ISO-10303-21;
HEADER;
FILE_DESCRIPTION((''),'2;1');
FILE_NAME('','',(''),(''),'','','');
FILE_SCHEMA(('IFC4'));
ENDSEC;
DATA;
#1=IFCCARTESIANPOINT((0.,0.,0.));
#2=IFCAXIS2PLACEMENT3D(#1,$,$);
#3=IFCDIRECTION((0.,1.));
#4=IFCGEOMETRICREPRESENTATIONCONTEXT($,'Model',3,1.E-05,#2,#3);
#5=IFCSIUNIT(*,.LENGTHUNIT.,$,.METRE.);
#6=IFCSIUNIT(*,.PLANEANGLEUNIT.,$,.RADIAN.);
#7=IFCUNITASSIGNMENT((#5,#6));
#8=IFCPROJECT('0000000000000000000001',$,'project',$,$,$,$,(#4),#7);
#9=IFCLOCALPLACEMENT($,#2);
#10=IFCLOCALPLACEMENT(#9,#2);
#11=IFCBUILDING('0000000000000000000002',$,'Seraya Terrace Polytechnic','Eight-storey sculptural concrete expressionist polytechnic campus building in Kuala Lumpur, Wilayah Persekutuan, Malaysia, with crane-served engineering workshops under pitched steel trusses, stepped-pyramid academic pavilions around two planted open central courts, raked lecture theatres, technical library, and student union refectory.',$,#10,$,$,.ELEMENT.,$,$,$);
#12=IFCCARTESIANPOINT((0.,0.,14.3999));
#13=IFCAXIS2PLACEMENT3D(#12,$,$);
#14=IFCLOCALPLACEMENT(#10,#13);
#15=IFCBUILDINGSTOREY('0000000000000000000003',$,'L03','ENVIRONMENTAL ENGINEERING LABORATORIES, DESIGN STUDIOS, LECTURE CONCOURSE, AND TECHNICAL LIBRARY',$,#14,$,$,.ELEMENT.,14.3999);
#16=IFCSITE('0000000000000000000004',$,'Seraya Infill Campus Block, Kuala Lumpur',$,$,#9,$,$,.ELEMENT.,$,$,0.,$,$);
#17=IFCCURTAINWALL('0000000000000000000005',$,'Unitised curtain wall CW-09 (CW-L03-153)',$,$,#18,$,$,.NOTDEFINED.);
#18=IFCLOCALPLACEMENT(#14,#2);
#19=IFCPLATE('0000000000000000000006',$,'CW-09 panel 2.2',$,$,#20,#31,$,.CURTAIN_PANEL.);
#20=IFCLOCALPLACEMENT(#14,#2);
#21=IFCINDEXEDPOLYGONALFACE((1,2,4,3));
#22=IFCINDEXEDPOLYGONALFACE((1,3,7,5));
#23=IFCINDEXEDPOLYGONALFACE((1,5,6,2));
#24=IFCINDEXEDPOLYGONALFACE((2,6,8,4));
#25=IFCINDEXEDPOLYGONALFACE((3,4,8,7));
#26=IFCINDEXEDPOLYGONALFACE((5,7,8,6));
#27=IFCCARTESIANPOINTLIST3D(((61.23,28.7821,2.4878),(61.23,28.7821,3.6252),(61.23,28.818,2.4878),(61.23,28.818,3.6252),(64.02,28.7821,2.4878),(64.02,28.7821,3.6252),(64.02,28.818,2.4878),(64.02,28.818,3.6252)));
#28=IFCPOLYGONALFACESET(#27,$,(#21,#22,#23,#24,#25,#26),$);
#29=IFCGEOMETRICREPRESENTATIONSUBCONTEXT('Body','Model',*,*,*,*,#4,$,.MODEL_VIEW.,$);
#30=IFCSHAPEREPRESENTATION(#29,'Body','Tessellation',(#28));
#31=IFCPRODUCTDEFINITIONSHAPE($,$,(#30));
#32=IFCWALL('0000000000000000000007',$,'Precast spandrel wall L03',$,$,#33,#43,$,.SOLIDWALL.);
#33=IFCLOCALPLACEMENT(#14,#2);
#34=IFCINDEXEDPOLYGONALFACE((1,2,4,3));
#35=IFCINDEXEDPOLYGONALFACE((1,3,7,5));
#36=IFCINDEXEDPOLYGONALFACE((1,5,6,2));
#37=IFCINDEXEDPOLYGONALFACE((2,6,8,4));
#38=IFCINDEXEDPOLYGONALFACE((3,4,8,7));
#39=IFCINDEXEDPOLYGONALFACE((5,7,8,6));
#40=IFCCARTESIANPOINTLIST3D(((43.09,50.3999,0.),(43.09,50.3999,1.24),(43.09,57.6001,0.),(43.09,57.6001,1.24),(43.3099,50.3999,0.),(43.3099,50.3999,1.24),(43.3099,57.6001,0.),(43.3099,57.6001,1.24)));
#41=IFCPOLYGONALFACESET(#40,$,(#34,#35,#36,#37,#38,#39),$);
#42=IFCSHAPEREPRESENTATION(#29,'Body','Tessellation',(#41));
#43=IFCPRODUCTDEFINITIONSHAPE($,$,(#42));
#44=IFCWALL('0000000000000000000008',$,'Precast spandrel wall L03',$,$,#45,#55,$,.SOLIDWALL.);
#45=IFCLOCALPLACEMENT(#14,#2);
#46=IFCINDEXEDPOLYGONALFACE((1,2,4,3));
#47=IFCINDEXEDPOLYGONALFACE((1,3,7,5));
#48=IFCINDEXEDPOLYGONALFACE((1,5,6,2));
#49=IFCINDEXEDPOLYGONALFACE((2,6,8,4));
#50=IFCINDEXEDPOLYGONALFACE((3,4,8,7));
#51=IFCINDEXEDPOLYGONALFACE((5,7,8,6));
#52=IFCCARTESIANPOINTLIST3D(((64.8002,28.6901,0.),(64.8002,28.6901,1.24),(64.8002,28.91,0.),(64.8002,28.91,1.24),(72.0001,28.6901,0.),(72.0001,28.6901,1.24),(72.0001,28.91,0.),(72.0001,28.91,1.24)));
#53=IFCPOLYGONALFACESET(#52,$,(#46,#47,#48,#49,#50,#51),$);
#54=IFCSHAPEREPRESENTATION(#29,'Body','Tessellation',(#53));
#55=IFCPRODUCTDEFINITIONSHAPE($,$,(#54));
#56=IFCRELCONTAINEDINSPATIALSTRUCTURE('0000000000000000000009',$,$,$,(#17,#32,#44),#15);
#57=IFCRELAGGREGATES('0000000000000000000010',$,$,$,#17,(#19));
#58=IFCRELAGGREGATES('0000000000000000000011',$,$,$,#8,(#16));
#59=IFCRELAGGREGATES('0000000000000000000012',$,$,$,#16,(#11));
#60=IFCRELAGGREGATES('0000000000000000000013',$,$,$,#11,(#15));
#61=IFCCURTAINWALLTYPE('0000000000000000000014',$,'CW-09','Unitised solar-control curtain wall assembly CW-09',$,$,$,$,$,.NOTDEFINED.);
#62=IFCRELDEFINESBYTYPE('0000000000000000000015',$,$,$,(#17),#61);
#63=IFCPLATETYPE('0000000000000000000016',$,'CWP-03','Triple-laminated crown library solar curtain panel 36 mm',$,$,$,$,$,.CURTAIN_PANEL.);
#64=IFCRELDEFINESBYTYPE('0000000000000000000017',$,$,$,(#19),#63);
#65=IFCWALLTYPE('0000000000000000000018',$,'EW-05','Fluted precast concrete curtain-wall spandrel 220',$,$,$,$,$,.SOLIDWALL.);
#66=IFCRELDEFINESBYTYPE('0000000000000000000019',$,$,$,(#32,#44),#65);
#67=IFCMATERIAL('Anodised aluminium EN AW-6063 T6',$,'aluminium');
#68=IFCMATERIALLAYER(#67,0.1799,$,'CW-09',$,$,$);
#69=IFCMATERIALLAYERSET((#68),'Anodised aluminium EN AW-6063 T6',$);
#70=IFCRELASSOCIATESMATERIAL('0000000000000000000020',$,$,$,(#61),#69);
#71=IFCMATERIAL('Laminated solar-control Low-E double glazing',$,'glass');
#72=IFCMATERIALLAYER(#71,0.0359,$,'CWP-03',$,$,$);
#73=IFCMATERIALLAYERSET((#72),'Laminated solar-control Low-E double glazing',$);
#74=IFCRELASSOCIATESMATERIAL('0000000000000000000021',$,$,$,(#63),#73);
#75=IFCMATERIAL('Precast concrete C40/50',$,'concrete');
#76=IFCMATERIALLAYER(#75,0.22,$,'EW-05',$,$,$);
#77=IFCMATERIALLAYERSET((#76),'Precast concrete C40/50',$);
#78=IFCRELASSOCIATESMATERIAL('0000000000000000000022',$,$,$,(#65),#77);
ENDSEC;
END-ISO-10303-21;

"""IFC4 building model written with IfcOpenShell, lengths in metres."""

from ifc_helpers import new_model, si_unit, direction, frame, frame_2d, origin, origin_2d, place, context, subcontext, project, spatial, rectangle, extrude, material, layer, layer_set, type_object, element, aggregate, save


model = new_model("IFC4")

# Units and contexts
model_context = context("Model", 3, precision=1e-05, world=origin(), true_north=direction((0.0, 1.0)))
body_context = subcontext(model_context, "Body", "Model", "MODEL_VIEW")
ifc_project = project(units=[si_unit("LENGTHUNIT", "METRE"), si_unit("PLANEANGLEUNIT", "RADIAN")], contexts=[model_context])

# Site, building, storey
site_placement = place(None, origin())
site = spatial("IfcSite", under=ifc_project, at=site_placement, Name="Seraya Infill Campus Block, Kuala Lumpur", CompositionType="ELEMENT", RefElevation=0.0)
building_placement = place(site_placement, origin())
building = spatial("IfcBuilding", under=site, at=building_placement, Name="Seraya Terrace Polytechnic", Description="Eight-storey sculptural concrete expressionist polytechnic campus building in Kuala Lumpur, Wilayah Persekutuan, Malaysia, with crane-served engineering workshops under pitched steel trusses, stepped-pyramid academic pavilions around two planted open central courts, raked lecture theatres, technical library, and student union refectory.", CompositionType="ELEMENT")
storey_placement = place(building_placement, frame((0.0, 0.0, 14.3999)))
storey = spatial("IfcBuildingStorey", under=building, at=storey_placement, Name="L03", Description="ENVIRONMENTAL ENGINEERING LABORATORIES, DESIGN STUDIOS, LECTURE CONCOURSE, AND TECHNICAL LIBRARY", CompositionType="ELEMENT", Elevation=14.3999)

# Shared definitions
ifc_material_1 = material(Name="Anodised aluminium EN AW-6063 T6", Category="aluminium")

# Curtain wall
ifc_layer_1 = layer(ifc_material_1, 0.1799, Name="CW-09")
ifc_layer_set_1 = layer_set([ifc_layer_1], Name="Anodised aluminium EN AW-6063 T6")
curtain_wall_type_1 = type_object("IfcCurtainWallType", Name="CW-09", Description="Unitised solar-control curtain wall assembly CW-09", PredefinedType="NOTDEFINED", material=ifc_layer_set_1)
curtain_wall_1_placement = place(storey_placement, origin())
curtain_wall_1 = element("IfcCurtainWall", 1, at=curtain_wall_1_placement, inside=storey, type_object=curtain_wall_type_1, Name="Unitised curtain wall CW-09 (CW-L03-153)", PredefinedType="NOTDEFINED")

# Plate
ifc_material_2 = material(Name="Laminated solar-control Low-E double glazing", Category="glass")
ifc_layer_2 = layer(ifc_material_2, 0.0359, Name="CWP-03")
ifc_layer_set_2 = layer_set([ifc_layer_2], Name="Laminated solar-control Low-E double glazing")
plate_type_1 = type_object("IfcPlateType", Name="CWP-03", Description="Triple-laminated crown library solar curtain panel 36 mm", PredefinedType="CURTAIN_PANEL", material=ifc_layer_set_2)
plate_1_placement = place(storey_placement, frame((62.625, 28.8, 2.4878), z_axis=(0.0, 0.0, 1.0), x_axis=(1.0, 0.0, 0.0)))
plate_1 = element("IfcPlate", 2, at=plate_1_placement, type_object=plate_type_1, Name="CW-09 panel 2.2", PredefinedType="CURTAIN_PANEL", context=body_context, shape_type="SweptSolid", body=[
    extrude(rectangle(XDim=2.79, YDim=0.0359, at=origin_2d()), origin(), (0.0, 0.0, 1.0), 1.1375),
])
aggregate(curtain_wall_1, [plate_1])

# Walls
ifc_material_3 = material(Name="Precast concrete C40/50", Category="concrete")
ifc_layer_3 = layer(ifc_material_3, 0.22, Name="EW-05")
ifc_layer_set_3 = layer_set([ifc_layer_3], Name="Precast concrete C40/50")
wall_type = type_object("IfcWallType", Name="EW-05", Description="Fluted precast concrete curtain-wall spandrel 220", PredefinedType="SOLIDWALL", material=ifc_layer_set_3)
wall_1_placement = place(storey_placement, frame((43.2, 57.6001, 0.0), z_axis=(0.0, 0.0, 1.0), x_axis=(0.0, -1.0, 0.0)))
element("IfcWall", 3, at=wall_1_placement, inside=storey, type_object=wall_type, Name="Precast spandrel wall L03", PredefinedType="SOLIDWALL", context=body_context, shape_type="SweptSolid", body=[
    extrude(rectangle(XDim=7.2002, YDim=0.22, at=frame_2d((3.6001, 0.0))), origin(), (0.0, 0.0, 1.0), 1.24),
])
wall_2_placement = place(storey_placement, frame((64.8, 28.8, 0.0), z_axis=(0.0, 0.0, 1.0), x_axis=(1.0, 0.0, 0.0)))
element("IfcWall", 4, at=wall_2_placement, inside=storey, type_object=wall_type, Name="Precast spandrel wall L03", PredefinedType="SOLIDWALL", context=body_context, shape_type="SweptSolid", body=[
    extrude(rectangle(XDim=7.2, YDim=0.22, at=frame_2d((3.6001, 0.0))), origin(), (0.0, 0.0, 1.0), 1.24),
])

save(model, "model.ifc")
